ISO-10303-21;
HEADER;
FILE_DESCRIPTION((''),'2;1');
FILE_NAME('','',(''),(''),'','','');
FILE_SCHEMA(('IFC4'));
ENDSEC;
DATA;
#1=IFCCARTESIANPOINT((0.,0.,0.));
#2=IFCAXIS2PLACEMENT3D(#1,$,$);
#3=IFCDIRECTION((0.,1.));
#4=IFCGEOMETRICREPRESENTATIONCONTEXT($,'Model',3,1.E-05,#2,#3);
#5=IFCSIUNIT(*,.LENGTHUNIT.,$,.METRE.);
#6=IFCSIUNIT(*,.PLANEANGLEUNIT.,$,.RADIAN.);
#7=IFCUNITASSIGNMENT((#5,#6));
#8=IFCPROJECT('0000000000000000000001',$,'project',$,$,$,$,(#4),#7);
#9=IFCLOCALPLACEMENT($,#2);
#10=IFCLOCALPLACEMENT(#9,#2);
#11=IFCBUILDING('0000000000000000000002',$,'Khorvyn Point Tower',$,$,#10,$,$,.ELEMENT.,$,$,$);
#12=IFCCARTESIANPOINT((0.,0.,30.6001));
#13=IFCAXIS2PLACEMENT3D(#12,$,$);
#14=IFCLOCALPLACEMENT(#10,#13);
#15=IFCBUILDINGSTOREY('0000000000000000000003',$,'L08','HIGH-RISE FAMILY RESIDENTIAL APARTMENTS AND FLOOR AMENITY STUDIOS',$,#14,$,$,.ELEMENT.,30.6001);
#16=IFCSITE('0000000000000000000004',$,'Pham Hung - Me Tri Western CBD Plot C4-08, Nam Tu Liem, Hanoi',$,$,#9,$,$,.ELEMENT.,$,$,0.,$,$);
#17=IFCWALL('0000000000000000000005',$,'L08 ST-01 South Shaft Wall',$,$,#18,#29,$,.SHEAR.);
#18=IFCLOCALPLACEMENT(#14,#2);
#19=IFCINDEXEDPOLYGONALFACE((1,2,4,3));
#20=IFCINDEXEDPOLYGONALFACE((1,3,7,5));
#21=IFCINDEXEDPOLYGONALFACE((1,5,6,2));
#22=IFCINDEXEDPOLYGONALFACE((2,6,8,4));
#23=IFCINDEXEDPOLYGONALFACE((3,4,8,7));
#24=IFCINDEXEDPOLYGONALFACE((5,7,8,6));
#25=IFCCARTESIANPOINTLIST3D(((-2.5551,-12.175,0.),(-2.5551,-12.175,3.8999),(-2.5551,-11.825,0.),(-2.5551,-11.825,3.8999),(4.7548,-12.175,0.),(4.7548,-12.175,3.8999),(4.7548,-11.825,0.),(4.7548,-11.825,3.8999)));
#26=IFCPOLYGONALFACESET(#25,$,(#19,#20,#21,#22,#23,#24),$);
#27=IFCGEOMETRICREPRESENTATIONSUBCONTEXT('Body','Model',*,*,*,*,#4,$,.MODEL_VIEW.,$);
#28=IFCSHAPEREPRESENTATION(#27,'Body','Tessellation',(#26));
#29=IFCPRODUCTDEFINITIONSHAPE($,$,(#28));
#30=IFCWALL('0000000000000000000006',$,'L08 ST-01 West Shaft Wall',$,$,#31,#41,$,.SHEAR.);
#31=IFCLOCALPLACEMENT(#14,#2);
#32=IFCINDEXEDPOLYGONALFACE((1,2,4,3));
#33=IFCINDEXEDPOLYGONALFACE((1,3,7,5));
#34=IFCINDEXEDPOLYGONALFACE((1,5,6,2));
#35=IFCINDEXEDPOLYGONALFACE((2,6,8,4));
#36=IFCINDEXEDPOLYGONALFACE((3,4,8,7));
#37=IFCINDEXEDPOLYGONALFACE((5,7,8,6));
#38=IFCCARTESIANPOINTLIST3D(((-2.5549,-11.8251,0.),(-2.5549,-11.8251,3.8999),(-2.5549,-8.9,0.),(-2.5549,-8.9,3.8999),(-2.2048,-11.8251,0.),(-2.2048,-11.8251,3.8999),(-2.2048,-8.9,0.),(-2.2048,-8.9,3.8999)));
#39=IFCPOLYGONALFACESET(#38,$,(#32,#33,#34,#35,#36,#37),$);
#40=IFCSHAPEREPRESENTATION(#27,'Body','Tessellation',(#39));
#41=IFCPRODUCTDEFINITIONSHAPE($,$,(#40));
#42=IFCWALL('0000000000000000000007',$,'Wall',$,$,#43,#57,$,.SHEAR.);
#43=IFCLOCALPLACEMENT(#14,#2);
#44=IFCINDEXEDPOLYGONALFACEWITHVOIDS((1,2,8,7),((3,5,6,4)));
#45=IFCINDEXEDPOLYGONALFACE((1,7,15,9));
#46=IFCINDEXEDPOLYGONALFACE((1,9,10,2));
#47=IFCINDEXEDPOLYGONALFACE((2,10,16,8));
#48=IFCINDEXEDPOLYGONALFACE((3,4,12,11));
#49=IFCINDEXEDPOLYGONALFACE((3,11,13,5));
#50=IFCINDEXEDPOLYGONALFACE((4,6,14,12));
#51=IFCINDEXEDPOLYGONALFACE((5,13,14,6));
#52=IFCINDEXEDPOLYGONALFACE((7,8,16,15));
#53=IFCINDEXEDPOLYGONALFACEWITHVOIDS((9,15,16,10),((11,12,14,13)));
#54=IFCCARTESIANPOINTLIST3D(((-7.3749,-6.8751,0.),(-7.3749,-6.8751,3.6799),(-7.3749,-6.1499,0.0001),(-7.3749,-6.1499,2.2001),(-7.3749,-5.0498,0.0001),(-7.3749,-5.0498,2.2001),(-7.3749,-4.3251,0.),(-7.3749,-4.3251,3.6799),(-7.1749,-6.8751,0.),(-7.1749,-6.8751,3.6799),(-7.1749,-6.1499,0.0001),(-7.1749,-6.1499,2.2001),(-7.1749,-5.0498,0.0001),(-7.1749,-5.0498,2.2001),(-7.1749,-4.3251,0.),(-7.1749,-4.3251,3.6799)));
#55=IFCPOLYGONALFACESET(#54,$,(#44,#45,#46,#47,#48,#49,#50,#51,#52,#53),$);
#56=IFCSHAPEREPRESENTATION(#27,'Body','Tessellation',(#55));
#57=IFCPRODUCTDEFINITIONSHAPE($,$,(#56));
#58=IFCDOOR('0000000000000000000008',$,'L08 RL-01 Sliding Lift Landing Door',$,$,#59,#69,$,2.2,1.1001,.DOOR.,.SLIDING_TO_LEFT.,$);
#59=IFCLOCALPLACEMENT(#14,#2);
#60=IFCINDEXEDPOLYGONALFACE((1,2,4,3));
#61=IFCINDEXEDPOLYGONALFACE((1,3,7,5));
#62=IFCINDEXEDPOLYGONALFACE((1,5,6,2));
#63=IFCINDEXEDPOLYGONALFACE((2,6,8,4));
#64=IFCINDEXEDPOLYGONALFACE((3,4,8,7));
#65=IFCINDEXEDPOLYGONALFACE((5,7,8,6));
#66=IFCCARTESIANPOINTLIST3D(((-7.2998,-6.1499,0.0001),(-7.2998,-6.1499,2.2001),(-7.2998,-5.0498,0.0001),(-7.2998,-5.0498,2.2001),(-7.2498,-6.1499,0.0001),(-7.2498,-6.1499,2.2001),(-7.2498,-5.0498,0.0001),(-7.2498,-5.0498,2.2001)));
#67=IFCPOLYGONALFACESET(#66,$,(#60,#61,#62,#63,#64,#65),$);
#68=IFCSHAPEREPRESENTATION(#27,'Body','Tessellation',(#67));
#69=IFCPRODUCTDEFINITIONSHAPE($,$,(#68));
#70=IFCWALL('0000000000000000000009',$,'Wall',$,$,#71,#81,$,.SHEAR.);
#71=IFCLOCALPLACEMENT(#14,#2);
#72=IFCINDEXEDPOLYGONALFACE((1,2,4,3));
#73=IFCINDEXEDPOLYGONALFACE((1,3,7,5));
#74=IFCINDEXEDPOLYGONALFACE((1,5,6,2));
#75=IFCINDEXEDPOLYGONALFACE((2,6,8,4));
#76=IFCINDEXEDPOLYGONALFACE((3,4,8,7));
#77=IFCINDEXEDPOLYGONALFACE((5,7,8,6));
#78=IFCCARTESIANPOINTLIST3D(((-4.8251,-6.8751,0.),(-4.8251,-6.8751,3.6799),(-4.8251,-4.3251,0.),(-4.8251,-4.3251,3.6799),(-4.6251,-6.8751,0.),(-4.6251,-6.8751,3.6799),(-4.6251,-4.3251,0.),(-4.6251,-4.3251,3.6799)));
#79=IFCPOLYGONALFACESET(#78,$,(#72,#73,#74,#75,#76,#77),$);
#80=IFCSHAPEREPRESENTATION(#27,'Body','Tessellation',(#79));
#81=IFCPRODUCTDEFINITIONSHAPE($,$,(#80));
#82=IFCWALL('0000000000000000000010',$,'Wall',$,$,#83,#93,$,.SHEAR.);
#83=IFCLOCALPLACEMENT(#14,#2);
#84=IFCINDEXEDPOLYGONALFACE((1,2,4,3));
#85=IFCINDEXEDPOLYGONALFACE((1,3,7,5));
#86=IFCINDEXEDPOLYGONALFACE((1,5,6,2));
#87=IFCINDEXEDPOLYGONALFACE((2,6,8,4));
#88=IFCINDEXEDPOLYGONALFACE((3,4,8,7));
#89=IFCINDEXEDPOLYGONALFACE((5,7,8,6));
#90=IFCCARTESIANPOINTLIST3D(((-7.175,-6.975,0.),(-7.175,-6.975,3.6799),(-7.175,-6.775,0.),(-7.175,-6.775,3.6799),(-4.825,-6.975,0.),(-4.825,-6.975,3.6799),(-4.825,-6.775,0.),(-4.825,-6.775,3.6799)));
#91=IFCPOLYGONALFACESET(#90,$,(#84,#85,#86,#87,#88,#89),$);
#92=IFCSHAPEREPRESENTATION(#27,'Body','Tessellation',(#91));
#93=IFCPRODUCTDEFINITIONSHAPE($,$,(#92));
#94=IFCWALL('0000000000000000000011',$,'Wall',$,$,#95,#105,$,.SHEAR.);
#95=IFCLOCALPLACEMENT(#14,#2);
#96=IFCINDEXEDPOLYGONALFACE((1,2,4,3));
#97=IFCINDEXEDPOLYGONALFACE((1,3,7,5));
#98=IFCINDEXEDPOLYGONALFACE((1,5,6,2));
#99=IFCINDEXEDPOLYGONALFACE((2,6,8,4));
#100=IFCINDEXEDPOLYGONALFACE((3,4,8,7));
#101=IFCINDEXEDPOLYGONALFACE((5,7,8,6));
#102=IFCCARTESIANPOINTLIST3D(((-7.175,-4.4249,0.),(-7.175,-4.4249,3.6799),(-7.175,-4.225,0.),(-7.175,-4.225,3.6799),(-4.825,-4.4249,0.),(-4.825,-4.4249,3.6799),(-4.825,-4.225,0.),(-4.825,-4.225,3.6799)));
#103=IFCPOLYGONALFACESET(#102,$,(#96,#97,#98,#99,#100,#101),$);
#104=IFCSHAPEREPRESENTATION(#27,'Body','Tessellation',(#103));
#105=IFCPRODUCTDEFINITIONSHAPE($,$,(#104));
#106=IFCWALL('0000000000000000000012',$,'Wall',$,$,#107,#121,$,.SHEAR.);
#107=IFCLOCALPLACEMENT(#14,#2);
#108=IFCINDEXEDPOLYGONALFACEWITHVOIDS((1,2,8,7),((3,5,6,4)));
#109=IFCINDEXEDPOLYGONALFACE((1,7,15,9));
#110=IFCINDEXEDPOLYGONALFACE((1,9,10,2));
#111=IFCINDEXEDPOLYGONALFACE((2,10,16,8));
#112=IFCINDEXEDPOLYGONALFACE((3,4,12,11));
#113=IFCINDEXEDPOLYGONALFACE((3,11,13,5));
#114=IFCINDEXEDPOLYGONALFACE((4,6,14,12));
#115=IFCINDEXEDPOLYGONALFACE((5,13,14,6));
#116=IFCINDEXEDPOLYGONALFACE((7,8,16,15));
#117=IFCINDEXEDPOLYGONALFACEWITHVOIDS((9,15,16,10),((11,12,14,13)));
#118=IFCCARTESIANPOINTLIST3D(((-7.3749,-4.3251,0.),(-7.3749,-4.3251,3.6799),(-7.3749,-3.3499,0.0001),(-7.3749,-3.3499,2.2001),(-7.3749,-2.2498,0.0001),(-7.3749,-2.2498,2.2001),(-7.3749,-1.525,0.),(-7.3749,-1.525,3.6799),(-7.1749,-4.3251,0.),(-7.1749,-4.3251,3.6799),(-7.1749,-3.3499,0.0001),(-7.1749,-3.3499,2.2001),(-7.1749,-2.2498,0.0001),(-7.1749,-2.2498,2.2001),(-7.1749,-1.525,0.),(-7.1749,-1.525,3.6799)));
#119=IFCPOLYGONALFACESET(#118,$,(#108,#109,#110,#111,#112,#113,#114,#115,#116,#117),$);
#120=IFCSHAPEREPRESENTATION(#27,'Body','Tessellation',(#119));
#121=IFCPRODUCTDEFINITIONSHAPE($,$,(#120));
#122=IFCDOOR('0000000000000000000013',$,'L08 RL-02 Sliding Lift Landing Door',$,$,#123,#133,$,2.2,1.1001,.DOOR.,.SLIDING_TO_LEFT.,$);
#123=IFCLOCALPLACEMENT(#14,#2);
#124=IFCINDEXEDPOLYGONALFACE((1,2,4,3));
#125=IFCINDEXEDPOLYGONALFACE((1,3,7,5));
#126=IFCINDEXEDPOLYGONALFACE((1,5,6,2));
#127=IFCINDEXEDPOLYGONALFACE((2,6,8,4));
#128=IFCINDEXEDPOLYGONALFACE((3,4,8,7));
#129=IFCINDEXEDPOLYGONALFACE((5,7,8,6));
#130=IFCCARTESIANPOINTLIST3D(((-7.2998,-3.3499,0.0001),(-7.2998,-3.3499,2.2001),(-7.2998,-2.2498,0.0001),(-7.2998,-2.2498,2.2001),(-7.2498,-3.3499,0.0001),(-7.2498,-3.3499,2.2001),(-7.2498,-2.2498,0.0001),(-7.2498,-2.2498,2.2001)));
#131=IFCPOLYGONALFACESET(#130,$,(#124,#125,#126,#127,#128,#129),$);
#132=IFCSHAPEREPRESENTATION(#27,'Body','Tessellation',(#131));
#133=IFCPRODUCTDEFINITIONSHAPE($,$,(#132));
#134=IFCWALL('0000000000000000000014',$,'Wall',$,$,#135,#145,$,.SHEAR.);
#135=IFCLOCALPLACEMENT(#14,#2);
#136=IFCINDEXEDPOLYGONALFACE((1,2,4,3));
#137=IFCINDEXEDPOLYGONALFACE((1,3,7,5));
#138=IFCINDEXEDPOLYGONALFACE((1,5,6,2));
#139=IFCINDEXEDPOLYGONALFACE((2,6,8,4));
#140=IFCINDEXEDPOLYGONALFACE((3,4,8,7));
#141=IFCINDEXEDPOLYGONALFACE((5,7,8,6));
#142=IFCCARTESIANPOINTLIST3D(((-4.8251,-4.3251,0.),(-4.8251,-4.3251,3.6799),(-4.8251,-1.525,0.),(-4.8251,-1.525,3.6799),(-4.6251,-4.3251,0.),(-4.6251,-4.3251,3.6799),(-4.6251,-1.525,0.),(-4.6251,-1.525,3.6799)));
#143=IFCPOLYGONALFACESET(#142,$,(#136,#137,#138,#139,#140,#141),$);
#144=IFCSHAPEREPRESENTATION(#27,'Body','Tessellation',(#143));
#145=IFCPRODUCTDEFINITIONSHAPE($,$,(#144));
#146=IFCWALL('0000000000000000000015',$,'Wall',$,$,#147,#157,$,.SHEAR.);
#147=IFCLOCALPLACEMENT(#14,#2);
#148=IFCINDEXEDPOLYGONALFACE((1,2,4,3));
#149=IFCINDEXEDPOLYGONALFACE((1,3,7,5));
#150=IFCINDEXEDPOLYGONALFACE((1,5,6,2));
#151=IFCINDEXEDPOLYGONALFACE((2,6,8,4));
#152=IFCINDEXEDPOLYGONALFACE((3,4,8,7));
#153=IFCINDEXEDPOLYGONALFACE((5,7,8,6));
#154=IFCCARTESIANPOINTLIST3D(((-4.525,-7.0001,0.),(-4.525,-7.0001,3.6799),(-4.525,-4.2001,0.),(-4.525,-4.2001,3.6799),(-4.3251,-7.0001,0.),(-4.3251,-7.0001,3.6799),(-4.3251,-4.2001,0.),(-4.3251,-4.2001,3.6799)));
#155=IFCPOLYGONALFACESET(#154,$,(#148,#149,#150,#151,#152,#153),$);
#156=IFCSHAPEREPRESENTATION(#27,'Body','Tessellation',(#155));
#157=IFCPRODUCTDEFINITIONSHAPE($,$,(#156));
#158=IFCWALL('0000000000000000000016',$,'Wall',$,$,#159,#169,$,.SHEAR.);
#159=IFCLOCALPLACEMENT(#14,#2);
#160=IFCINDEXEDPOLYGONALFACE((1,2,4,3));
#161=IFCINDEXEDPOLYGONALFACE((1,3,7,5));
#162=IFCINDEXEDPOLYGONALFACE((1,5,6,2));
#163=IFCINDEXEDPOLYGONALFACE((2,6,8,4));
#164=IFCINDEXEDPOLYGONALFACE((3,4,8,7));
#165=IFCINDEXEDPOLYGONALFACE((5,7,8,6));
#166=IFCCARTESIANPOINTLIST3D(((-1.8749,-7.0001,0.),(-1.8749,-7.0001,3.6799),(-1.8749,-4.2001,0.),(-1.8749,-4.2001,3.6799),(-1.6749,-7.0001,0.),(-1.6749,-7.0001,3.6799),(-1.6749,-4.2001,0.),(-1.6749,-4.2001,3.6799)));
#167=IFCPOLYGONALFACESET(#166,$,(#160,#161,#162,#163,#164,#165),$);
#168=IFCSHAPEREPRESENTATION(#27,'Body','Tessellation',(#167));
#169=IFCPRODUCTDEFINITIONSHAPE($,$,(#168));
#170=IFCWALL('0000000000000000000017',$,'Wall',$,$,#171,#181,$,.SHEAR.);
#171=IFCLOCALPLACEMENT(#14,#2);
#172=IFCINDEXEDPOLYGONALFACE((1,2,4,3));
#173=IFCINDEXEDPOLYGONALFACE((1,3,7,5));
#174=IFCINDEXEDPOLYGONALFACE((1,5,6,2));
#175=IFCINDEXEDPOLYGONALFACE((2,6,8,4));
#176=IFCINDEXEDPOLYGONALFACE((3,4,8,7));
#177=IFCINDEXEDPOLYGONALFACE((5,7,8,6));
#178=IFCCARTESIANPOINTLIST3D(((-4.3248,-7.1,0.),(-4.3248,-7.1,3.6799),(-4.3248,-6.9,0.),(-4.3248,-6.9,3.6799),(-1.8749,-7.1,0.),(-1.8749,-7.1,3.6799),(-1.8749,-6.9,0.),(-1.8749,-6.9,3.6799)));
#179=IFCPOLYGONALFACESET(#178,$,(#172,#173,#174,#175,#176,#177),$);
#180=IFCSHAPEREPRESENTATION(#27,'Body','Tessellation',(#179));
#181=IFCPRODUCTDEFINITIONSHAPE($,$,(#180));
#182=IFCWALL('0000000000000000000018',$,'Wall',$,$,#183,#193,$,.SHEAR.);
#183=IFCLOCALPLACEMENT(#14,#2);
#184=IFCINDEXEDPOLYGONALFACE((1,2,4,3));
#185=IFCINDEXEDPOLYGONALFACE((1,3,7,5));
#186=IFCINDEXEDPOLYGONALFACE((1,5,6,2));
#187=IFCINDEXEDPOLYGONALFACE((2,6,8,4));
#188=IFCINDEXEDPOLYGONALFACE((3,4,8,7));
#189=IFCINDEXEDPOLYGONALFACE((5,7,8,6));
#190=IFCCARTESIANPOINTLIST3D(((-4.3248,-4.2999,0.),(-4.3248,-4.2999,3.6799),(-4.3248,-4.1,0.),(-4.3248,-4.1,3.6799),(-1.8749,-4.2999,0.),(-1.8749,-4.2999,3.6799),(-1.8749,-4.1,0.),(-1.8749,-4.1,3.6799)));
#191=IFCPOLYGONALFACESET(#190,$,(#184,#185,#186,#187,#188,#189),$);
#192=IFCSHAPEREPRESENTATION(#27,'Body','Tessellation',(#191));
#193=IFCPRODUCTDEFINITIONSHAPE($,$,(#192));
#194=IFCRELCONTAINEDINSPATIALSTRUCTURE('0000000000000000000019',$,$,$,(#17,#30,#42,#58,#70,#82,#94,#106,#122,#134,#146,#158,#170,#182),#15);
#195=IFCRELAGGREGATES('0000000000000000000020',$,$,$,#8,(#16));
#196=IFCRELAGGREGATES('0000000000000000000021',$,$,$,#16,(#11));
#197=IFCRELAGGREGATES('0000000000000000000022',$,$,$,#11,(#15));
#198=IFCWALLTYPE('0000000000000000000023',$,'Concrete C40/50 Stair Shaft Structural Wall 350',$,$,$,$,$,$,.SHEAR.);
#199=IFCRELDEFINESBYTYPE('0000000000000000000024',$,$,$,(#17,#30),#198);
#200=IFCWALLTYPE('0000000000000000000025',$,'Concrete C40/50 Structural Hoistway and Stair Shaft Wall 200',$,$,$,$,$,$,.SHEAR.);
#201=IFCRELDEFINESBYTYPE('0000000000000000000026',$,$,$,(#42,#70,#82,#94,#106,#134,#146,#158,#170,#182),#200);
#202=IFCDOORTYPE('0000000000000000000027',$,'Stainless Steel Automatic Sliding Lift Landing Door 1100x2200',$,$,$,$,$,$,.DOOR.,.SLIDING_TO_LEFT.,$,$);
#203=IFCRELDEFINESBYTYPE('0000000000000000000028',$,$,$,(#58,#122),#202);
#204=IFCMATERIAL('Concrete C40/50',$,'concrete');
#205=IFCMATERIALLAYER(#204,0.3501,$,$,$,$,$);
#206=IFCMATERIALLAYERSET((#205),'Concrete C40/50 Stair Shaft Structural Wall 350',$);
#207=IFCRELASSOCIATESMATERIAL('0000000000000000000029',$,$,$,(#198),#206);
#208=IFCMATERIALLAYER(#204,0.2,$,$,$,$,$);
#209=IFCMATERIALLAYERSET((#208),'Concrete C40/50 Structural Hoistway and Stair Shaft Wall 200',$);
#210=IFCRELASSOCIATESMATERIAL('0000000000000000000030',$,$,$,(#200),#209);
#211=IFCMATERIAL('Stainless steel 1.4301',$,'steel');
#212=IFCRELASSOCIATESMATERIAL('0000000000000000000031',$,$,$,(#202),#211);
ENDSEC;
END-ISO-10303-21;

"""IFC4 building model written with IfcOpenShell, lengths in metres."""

from ifc_helpers import new_model, si_unit, direction, frame, frame_2d, origin, place, context, subcontext, project, spatial, rectangle, extrude, material, layer, layer_set, type_object, element, fill, save


model = new_model("IFC4")

# Units and contexts
model_context = context("Model", 3, precision=1e-05, world=origin(), true_north=direction((0.0, 1.0)))
body_context = subcontext(model_context, "Body", "Model", "MODEL_VIEW")
ifc_project = project(units=[si_unit("LENGTHUNIT", "METRE"), si_unit("PLANEANGLEUNIT", "RADIAN")], contexts=[model_context])

# Site, building, storey
site_placement = place(None, origin())
site = spatial("IfcSite", under=ifc_project, at=site_placement, Name="Pham Hung - Me Tri Western CBD Plot C4-08, Nam Tu Liem, Hanoi", CompositionType="ELEMENT", RefElevation=0.0)
building_placement = place(site_placement, origin())
building = spatial("IfcBuilding", under=site, at=building_placement, Name="Khorvyn Point Tower", CompositionType="ELEMENT")
storey_placement = place(building_placement, frame((0.0, 0.0, 30.6001)))
storey = spatial("IfcBuildingStorey", under=building, at=storey_placement, Name="L08", Description="HIGH-RISE FAMILY RESIDENTIAL APARTMENTS AND FLOOR AMENITY STUDIOS", CompositionType="ELEMENT", Elevation=30.6001)

# Shared definitions
ifc_material_1 = material(Name="Concrete C40/50", Category="concrete")

# Walls
ifc_layer_1 = layer(ifc_material_1, 0.3501)
ifc_layer_set_1 = layer_set([ifc_layer_1], Name="Concrete C40/50 Stair Shaft Structural Wall 350")
wall_type_1 = type_object("IfcWallType", Name="Concrete C40/50 Stair Shaft Structural Wall 350", PredefinedType="SHEAR", material=ifc_layer_set_1)
wall_1_placement = place(storey_placement, frame((-2.5549, -12.0, 0.0), z_axis=(0.0, 0.0, 1.0), x_axis=(1.0, 0.0, 0.0)))
element("IfcWall", 1, at=wall_1_placement, inside=storey, type_object=wall_type_1, Name="L08 ST-01 South Shaft Wall", PredefinedType="SHEAR", context=body_context, shape_type="SweptSolid", body=[
    extrude(rectangle(XDim=7.3098, YDim=0.3501, at=frame_2d((3.6548, 0.0))), origin(), (0.0, 0.0, 1.0), 3.8999),
])
wall_2_placement = place(storey_placement, frame((-2.3799, -11.825, 0.0), z_axis=(0.0, 0.0, 1.0), x_axis=(0.0, 1.0, 0.0)))
element("IfcWall", 2, at=wall_2_placement, inside=storey, type_object=wall_type_1, Name="L08 ST-01 West Shaft Wall", PredefinedType="SHEAR", context=body_context, shape_type="SweptSolid", body=[
    extrude(rectangle(XDim=2.925, YDim=0.3501, at=frame_2d((1.4624, 0.0))), origin(), (0.0, 0.0, 1.0), 3.8999),
])

# Wall, opening, door
ifc_layer_2 = layer(ifc_material_1, 0.2)
ifc_layer_set_2 = layer_set([ifc_layer_2], Name="Concrete C40/50 Structural Hoistway and Stair Shaft Wall 200")
wall_type_2 = type_object("IfcWallType", Name="Concrete C40/50 Structural Hoistway and Stair Shaft Wall 200", PredefinedType="SHEAR", material=ifc_layer_set_2)
wall_3_placement = place(storey_placement, frame((-7.2749, -6.875, 0.0), z_axis=(0.0, 0.0, 1.0), x_axis=(0.0, 1.0, 0.0)))
wall_3 = element("IfcWall", 3, at=wall_3_placement, inside=storey, type_object=wall_type_2, Name="Wall", PredefinedType="SHEAR", context=body_context, shape_type="SweptSolid", body=[
    extrude(rectangle(XDim=2.55, YDim=0.2, at=frame_2d((1.2749, 0.0))), origin(), (0.0, 0.0, 1.0), 3.6799),
])
opening_1_placement = place(wall_3_placement, frame((0.7251, 0.0, 0.0)))
opening_1 = element("IfcOpeningElement", 4, at=opening_1_placement, cuts=wall_3, PredefinedType="OPENING", context=body_context, shape_type="SweptSolid", body=[
    extrude(rectangle(XDim=1.1001, YDim=2.2, at=frame_2d((0.55, 1.1001))), frame((0.0, 0.1099, 0.0), z_axis=(0.0, -1.0, 0.0), x_axis=(1.0, 0.0, 0.0)), (0.0, 0.0, 1.0), 0.22),
])
ifc_material_2 = material(Name="Stainless steel 1.4301", Category="steel")
door_type_1 = type_object("IfcDoorType", Name="Stainless Steel Automatic Sliding Lift Landing Door 1100x2200", OperationType="SLIDING_TO_LEFT", PredefinedType="DOOR", material=ifc_material_2)
door_1_placement = place(opening_1_placement, origin())
door_1 = element("IfcDoor", 5, at=door_1_placement, inside=storey, type_object=door_type_1, Name="L08 RL-01 Sliding Lift Landing Door", OperationType="SLIDING_TO_LEFT", OverallHeight=2.2, OverallWidth=1.1001, PredefinedType="DOOR", context=body_context, shape_type="SweptSolid", body=[
    extrude(rectangle(XDim=1.1001, YDim=2.2, at=frame_2d((0.55, 1.1001))), frame((0.0, 0.0249, 0.0), z_axis=(0.0, -1.0, 0.0), x_axis=(1.0, 0.0, 0.0)), (0.0, 0.0, 1.0), 0.05),
])
fill(opening_1, door_1)

# Walls
wall_4_placement = place(storey_placement, frame((-4.7251, -6.875, 0.0), z_axis=(0.0, 0.0, 1.0), x_axis=(0.0, 1.0, 0.0)))
element("IfcWall", 6, at=wall_4_placement, inside=storey, type_object=wall_type_2, Name="Wall", PredefinedType="SHEAR", context=body_context, shape_type="SweptSolid", body=[
    extrude(rectangle(XDim=2.55, YDim=0.2, at=frame_2d((1.2749, 0.0))), origin(), (0.0, 0.0, 1.0), 3.6799),
])
for number, where, z_axis, x_axis, name in (
    (7, (-7.175, -6.875, 0.0), (0.0, 0.0, 1.0), (1.0, 0.0, 0.0), "Wall"),
    (8, (-7.175, -4.325, 0.0), (0.0, 0.0, 1.0), (1.0, 0.0, 0.0), "Wall"),
):
    element("IfcWall", number, at=place(storey_placement, frame(where, z_axis=z_axis, x_axis=x_axis)), inside=storey, type_object=wall_type_2, Name=name, PredefinedType="SHEAR", context=body_context, shape_type="SweptSolid", body=[
        extrude(rectangle(XDim=2.3501, YDim=0.2, at=frame_2d((1.175, 0.0))), origin(), (0.0, 0.0, 1.0), 3.6799),
    ])

# Wall, opening, door
wall_5_placement = place(storey_placement, frame((-7.2749, -4.325, 0.0), z_axis=(0.0, 0.0, 1.0), x_axis=(0.0, 1.0, 0.0)))
wall_5 = element("IfcWall", 9, at=wall_5_placement, inside=storey, type_object=wall_type_2, Name="Wall", PredefinedType="SHEAR", context=body_context, shape_type="SweptSolid", body=[
    extrude(rectangle(XDim=2.8, YDim=0.2, at=frame_2d((1.3999, 0.0))), origin(), (0.0, 0.0, 1.0), 3.6799),
])
opening_2_placement = place(wall_5_placement, frame((0.9751, 0.0, 0.0)))
opening_2 = element("IfcOpeningElement", 10, at=opening_2_placement, cuts=wall_5, PredefinedType="OPENING", context=body_context, shape_type="SweptSolid", body=[
    extrude(rectangle(XDim=1.1001, YDim=2.2, at=frame_2d((0.55, 1.1001))), frame((0.0, 0.1099, 0.0), z_axis=(0.0, -1.0, 0.0), x_axis=(1.0, 0.0, 0.0)), (0.0, 0.0, 1.0), 0.22),
])
door_2_placement = place(opening_2_placement, origin())
door_2 = element("IfcDoor", 11, at=door_2_placement, inside=storey, type_object=door_type_1, Name="L08 RL-02 Sliding Lift Landing Door", OperationType="SLIDING_TO_LEFT", OverallHeight=2.2, OverallWidth=1.1001, PredefinedType="DOOR", context=body_context, shape_type="SweptSolid", body=[
    extrude(rectangle(XDim=1.1001, YDim=2.2, at=frame_2d((0.55, 1.1001))), frame((0.0, 0.0249, 0.0), z_axis=(0.0, -1.0, 0.0), x_axis=(1.0, 0.0, 0.0)), (0.0, 0.0, 1.0), 0.05),
])
fill(opening_2, door_2)

# Walls
for number, where, z_axis, x_axis, name in (
    (12, (-4.7251, -4.325, 0.0), (0.0, 0.0, 1.0), (0.0, 1.0, 0.0), "Wall"),
    (13, (-4.425, -7.0, 0.0), (0.0, 0.0, 1.0), (0.0, 1.0, 0.0), "Wall"),
    (14, (-1.7749, -7.0, 0.0), (0.0, 0.0, 1.0), (0.0, 1.0, 0.0), "Wall"),
):
    element("IfcWall", number, at=place(storey_placement, frame(where, z_axis=z_axis, x_axis=x_axis)), inside=storey, type_object=wall_type_2, Name=name, PredefinedType="SHEAR", context=body_context, shape_type="SweptSolid", body=[
        extrude(rectangle(XDim=2.8, YDim=0.2, at=frame_2d((1.3999, 0.0))), origin(), (0.0, 0.0, 1.0), 3.6799),
    ])
for number, where, z_axis, x_axis, name in (
    (15, (-4.325, -7.0, 0.0), (0.0, 0.0, 1.0), (1.0, 0.0, 0.0), "Wall"),
    (16, (-4.325, -4.2, 0.0), (0.0, 0.0, 1.0), (1.0, 0.0, 0.0), "Wall"),
):
    element("IfcWall", number, at=place(storey_placement, frame(where, z_axis=z_axis, x_axis=x_axis)), inside=storey, type_object=wall_type_2, Name=name, PredefinedType="SHEAR", context=body_context, shape_type="SweptSolid", body=[
        extrude(rectangle(XDim=2.45, YDim=0.2, at=frame_2d((1.2251, 0.0))), origin(), (0.0, 0.0, 1.0), 3.6799),
    ])

save(model, "model.ifc")
